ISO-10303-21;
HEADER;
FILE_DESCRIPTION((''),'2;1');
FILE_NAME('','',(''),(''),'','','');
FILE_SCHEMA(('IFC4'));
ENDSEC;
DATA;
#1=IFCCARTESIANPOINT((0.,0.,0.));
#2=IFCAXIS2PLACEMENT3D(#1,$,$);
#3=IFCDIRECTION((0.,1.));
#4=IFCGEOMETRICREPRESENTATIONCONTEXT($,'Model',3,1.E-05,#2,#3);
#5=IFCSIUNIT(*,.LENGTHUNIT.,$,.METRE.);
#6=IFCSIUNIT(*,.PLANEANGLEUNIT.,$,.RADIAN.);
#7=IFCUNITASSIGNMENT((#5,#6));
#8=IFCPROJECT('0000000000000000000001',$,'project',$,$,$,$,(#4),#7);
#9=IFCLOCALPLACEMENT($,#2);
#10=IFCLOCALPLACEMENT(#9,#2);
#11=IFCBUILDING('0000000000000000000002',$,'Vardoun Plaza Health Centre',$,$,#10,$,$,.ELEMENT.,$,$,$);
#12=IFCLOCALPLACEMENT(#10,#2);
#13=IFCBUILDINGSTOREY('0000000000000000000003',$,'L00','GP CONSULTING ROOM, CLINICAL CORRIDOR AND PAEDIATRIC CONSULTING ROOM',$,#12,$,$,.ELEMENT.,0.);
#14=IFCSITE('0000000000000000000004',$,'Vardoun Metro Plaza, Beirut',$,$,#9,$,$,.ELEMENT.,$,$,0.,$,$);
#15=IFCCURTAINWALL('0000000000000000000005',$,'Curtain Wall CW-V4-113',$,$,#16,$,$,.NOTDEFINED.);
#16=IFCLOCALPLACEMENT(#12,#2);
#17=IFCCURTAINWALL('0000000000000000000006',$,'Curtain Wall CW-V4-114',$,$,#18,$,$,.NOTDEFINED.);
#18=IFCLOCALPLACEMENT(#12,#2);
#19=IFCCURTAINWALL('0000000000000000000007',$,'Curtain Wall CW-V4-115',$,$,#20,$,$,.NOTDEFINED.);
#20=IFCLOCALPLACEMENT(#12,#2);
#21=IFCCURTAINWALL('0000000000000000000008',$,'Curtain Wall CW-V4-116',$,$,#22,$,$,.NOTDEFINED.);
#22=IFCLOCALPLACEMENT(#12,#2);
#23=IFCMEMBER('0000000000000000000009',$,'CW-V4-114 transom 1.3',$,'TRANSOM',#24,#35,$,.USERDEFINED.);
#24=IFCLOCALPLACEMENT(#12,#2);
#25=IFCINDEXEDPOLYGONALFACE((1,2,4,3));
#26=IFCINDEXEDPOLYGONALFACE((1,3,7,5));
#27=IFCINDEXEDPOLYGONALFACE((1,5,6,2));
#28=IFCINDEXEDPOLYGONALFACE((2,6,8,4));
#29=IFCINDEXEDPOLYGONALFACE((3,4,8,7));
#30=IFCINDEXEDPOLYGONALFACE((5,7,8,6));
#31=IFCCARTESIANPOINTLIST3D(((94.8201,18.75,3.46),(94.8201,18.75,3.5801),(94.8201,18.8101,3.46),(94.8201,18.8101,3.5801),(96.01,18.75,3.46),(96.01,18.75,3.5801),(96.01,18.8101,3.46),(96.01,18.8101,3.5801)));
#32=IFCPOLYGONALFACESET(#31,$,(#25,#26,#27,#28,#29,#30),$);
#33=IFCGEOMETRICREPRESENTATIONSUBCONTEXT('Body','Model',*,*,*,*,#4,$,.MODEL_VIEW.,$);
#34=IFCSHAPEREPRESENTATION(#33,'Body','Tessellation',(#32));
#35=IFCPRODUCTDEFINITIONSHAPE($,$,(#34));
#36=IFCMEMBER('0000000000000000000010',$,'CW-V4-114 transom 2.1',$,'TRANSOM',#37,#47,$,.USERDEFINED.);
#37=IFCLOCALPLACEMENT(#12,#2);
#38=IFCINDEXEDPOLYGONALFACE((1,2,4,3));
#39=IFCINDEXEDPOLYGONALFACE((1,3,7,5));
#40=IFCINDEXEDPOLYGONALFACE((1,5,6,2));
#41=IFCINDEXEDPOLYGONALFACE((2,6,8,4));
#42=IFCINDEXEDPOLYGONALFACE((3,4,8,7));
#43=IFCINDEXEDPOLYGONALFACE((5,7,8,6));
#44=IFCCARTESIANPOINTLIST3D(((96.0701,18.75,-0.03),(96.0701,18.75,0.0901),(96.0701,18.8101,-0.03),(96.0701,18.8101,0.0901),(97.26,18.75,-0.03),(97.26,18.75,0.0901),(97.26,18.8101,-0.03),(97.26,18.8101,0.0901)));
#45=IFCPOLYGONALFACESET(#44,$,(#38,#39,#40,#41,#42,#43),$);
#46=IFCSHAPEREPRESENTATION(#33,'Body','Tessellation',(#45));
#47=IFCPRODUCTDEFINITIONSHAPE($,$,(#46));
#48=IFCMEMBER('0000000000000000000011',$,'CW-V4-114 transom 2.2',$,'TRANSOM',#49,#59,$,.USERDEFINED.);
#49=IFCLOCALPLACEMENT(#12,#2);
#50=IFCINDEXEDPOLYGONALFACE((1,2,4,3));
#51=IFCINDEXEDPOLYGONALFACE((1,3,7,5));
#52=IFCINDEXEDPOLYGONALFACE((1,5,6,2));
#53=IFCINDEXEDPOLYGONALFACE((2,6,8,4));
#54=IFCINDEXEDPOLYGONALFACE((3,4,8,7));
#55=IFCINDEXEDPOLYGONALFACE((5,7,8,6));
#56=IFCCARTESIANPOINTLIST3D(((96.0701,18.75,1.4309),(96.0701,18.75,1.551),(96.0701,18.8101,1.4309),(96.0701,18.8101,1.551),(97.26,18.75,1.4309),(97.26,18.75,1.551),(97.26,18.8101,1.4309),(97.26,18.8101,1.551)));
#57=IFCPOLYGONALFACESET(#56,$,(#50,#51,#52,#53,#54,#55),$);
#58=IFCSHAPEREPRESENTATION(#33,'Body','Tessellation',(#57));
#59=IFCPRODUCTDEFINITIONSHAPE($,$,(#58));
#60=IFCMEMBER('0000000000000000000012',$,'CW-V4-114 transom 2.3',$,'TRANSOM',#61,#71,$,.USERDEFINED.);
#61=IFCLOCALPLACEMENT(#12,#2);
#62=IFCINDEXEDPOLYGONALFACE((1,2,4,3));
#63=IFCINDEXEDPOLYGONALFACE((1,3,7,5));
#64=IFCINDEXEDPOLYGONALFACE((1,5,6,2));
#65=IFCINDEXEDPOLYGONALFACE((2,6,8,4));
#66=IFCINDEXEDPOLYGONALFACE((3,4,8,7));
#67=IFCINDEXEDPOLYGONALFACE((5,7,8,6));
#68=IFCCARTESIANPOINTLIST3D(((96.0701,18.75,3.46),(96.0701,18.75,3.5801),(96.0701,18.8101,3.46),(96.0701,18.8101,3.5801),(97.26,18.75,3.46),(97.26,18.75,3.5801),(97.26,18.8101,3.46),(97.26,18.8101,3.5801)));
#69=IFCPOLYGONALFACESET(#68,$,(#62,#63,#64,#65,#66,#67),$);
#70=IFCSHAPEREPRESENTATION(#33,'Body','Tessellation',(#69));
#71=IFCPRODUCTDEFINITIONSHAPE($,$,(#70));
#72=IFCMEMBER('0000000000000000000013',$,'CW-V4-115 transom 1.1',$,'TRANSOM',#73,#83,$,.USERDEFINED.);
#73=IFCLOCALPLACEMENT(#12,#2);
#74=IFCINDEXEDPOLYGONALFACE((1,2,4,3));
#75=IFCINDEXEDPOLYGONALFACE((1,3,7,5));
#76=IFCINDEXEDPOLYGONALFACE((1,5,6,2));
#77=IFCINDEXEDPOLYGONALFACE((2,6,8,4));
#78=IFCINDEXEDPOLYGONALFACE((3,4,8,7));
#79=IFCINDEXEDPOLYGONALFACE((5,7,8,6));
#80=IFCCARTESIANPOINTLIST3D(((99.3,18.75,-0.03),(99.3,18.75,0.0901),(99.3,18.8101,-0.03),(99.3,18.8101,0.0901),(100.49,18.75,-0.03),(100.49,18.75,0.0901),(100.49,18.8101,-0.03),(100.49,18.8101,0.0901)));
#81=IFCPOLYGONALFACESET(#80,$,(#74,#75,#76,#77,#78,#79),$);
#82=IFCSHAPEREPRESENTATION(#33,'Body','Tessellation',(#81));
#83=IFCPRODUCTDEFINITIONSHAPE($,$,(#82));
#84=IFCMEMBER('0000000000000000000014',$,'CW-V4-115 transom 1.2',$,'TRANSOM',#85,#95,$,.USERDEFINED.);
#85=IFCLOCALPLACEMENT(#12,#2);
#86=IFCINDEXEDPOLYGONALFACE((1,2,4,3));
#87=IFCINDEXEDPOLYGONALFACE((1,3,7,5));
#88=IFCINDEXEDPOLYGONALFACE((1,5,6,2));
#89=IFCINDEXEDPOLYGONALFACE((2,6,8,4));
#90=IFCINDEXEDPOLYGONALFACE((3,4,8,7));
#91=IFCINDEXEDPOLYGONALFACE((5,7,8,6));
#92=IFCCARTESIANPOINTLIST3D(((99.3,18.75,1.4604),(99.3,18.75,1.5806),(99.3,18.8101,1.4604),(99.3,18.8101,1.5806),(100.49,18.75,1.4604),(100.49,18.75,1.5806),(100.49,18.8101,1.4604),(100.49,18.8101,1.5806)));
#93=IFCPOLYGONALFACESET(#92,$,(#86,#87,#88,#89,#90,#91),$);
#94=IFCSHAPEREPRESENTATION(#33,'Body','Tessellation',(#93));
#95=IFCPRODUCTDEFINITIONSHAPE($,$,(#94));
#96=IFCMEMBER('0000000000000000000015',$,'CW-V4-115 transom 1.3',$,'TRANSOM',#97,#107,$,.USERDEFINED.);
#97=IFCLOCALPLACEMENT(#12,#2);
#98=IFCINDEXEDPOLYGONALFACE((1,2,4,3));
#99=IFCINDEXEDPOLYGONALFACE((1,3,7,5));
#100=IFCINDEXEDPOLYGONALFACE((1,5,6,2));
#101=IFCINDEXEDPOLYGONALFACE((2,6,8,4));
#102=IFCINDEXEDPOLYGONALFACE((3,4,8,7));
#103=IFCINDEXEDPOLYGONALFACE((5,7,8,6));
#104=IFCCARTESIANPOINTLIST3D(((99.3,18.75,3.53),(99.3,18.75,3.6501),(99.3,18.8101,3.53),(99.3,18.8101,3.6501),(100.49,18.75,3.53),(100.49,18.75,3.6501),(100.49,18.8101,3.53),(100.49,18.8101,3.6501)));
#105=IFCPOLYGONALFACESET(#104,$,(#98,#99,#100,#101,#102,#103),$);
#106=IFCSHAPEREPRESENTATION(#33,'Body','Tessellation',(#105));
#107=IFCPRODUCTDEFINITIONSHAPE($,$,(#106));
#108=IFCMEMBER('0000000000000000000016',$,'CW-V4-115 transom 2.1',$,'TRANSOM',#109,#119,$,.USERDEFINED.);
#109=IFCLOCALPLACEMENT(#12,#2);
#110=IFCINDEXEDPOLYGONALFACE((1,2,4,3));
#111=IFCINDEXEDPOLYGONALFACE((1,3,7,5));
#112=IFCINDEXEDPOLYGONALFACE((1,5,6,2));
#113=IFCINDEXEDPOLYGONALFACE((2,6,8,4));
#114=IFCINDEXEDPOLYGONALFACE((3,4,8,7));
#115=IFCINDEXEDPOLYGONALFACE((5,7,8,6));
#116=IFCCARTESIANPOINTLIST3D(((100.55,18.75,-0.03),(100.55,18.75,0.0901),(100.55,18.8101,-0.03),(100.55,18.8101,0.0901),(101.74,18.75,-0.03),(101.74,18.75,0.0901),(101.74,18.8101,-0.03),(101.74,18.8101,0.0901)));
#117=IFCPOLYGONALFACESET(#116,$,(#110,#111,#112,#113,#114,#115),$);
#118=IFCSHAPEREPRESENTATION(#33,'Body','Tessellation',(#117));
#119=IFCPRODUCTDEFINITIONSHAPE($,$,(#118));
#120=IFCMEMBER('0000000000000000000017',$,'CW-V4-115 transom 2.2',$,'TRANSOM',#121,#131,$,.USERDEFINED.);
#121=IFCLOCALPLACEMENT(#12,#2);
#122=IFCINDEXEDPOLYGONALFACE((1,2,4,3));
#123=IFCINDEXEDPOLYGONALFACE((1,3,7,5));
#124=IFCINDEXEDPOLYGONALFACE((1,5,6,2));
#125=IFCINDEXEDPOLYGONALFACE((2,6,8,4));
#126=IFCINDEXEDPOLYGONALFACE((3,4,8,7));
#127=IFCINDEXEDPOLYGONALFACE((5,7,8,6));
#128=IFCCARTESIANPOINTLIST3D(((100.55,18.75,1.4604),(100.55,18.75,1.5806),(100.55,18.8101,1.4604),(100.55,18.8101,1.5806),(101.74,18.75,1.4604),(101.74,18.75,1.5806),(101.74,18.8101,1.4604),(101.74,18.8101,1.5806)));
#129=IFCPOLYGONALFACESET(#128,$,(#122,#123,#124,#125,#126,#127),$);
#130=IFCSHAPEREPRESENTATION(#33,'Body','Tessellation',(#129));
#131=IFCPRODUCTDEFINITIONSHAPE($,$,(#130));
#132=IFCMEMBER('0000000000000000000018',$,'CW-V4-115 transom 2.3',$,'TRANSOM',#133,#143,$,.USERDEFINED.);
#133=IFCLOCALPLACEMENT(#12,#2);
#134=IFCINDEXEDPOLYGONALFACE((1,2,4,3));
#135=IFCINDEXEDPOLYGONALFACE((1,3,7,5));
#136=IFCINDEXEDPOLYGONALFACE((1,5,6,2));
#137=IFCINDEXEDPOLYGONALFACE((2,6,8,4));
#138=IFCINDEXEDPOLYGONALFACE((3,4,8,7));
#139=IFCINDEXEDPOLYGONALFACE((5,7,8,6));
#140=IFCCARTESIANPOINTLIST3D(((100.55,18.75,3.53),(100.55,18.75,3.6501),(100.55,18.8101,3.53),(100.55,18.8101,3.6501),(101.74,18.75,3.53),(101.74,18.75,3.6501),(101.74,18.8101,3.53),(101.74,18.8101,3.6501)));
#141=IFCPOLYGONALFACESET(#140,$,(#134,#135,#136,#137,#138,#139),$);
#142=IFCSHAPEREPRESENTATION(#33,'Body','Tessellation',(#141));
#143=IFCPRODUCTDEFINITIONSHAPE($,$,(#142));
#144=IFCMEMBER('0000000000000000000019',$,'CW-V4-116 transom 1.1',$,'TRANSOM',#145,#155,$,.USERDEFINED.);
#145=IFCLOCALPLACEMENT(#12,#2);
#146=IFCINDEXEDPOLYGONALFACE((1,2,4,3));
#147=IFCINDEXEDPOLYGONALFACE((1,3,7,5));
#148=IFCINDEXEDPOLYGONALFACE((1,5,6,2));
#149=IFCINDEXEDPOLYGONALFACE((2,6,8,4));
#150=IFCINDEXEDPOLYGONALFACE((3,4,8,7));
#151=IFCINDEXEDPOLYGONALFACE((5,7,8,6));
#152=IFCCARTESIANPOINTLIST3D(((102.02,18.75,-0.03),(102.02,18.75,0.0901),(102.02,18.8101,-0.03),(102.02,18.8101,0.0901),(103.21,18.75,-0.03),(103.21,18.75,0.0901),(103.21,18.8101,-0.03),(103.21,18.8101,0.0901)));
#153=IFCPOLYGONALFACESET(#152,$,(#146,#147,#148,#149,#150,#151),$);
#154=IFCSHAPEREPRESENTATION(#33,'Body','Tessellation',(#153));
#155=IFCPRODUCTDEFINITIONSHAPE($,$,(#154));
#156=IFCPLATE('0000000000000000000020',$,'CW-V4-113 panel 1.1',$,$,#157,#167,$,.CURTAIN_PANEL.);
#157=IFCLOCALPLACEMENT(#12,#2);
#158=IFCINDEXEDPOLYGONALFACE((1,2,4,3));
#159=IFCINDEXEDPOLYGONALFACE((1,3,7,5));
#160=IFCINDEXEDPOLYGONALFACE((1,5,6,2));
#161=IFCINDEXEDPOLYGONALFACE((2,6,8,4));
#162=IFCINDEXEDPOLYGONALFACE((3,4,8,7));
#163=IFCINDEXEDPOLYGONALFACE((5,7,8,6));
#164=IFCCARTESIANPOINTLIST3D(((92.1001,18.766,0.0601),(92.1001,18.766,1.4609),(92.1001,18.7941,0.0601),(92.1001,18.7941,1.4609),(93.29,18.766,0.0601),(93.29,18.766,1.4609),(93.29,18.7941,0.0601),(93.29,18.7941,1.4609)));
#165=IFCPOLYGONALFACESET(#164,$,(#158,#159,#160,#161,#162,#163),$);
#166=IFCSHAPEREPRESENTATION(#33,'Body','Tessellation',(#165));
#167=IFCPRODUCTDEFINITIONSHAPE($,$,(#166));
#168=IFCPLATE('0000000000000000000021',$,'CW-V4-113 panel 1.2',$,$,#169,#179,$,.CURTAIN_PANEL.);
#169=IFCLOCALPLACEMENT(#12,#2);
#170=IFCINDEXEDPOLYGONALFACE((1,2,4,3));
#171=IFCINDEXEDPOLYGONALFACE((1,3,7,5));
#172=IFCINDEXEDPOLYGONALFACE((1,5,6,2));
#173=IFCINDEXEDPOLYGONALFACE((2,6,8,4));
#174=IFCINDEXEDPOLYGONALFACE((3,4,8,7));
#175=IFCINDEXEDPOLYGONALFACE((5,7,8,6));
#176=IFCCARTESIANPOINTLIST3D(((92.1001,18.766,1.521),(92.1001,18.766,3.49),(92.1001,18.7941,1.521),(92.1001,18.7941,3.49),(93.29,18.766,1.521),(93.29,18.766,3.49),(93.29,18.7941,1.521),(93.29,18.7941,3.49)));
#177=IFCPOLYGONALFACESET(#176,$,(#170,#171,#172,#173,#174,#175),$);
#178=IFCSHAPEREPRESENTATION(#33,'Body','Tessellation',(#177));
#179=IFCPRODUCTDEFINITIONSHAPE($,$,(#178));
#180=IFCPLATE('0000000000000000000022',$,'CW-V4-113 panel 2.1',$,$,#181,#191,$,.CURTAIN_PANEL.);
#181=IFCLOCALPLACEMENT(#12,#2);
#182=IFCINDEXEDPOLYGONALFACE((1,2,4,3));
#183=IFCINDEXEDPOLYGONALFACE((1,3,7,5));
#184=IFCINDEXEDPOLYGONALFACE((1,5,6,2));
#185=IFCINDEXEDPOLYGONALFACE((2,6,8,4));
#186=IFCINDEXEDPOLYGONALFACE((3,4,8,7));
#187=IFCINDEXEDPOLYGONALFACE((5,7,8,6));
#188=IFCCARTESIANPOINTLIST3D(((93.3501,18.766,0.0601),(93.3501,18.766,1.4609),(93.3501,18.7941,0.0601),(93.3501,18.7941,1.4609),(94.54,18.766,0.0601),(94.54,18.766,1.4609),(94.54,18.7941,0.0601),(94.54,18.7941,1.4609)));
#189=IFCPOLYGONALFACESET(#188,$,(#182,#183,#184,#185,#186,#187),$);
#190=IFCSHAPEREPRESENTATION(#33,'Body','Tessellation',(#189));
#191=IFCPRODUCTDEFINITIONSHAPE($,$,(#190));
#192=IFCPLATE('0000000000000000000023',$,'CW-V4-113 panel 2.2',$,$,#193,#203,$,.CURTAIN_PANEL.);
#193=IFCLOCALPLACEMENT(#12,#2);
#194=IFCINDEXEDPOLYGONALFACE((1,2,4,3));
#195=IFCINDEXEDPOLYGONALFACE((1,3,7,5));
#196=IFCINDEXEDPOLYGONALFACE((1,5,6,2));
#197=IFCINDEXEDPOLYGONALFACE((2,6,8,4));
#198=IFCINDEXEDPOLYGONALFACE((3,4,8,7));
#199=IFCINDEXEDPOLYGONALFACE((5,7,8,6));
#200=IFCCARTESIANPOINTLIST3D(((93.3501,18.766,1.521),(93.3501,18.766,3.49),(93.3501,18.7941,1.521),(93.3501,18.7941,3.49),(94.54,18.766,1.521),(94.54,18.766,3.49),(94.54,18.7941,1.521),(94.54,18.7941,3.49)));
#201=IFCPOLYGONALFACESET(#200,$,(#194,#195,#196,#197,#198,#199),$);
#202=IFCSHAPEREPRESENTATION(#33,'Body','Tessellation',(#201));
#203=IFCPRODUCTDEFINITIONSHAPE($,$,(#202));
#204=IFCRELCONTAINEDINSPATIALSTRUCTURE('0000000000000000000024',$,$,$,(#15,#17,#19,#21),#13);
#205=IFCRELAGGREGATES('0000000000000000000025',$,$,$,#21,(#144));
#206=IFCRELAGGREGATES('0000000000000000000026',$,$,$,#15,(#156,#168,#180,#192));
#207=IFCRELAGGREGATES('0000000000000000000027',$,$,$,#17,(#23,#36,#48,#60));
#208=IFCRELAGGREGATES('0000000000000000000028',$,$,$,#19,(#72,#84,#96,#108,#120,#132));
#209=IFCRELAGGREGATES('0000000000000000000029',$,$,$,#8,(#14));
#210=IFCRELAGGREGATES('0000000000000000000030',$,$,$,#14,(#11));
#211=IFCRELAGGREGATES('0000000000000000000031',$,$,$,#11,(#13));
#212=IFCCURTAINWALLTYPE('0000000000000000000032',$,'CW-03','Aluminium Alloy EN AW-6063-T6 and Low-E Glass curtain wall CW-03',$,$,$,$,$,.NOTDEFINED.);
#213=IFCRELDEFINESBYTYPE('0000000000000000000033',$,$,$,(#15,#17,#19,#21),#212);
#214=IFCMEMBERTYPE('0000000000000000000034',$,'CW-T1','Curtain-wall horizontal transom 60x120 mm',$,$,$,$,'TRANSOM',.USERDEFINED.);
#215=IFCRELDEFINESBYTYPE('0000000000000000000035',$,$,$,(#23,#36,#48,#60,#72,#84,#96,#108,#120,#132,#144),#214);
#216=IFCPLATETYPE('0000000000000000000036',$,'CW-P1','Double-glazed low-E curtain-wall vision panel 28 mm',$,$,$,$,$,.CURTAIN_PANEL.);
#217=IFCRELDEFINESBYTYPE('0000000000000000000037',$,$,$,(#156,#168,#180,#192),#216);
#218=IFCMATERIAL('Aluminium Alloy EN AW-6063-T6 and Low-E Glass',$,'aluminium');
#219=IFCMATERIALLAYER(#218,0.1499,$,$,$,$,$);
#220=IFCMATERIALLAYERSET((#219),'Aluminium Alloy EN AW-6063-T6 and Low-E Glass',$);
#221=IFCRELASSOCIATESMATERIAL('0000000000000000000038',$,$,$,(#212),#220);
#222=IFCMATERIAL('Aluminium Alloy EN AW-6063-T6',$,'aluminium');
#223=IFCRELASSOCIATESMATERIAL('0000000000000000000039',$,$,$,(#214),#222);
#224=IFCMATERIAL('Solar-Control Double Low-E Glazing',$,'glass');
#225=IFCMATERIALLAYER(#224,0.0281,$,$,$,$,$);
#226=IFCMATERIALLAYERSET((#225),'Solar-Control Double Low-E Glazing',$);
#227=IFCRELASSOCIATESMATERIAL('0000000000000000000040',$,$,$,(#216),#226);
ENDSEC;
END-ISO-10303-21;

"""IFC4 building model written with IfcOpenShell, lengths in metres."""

from ifc_helpers import new_model, si_unit, direction, frame, origin, origin_2d, place, context, subcontext, project, spatial, rectangle, extrude, material, layer, layer_set, material_profile, profile_set, type_object, element, aggregate, save


model = new_model("IFC4")

# Units and contexts
model_context = context("Model", 3, precision=1e-05, world=origin(), true_north=direction((0.0, 1.0)))
body_context = subcontext(model_context, "Body", "Model", "MODEL_VIEW")
ifc_project = project(units=[si_unit("LENGTHUNIT", "METRE"), si_unit("PLANEANGLEUNIT", "RADIAN")], contexts=[model_context])

# Site, building, storey
site_placement = place(None, origin())
site = spatial("IfcSite", under=ifc_project, at=site_placement, Name="Vardoun Metro Plaza, Beirut", CompositionType="ELEMENT", RefElevation=0.0)
building_placement = place(site_placement, origin())
building = spatial("IfcBuilding", under=site, at=building_placement, Name="Vardoun Plaza Health Centre", CompositionType="ELEMENT")
storey_placement = place(building_placement, origin())
storey = spatial("IfcBuildingStorey", under=building, at=storey_placement, Name="L00", Description="GP CONSULTING ROOM, CLINICAL CORRIDOR AND PAEDIATRIC CONSULTING ROOM", CompositionType="ELEMENT", Elevation=0.0)

# Curtain walls
ifc_material_1 = material(Name="Aluminium Alloy EN AW-6063-T6 and Low-E Glass", Category="aluminium")
ifc_layer_1 = layer(ifc_material_1, 0.1499)
ifc_layer_set_1 = layer_set([ifc_layer_1], Name="Aluminium Alloy EN AW-6063-T6 and Low-E Glass")
curtain_wall_type = type_object("IfcCurtainWallType", Name="CW-03", Description="Aluminium Alloy EN AW-6063-T6 and Low-E Glass curtain wall CW-03", PredefinedType="NOTDEFINED", material=ifc_layer_set_1)
curtain_wall_1_placement = place(storey_placement, origin())
curtain_wall_1 = element("IfcCurtainWall", 1, at=curtain_wall_1_placement, inside=storey, type_object=curtain_wall_type, Name="Curtain Wall CW-V4-113", PredefinedType="NOTDEFINED")
curtain_wall_2_placement = place(storey_placement, origin())
curtain_wall_2 = element("IfcCurtainWall", 2, at=curtain_wall_2_placement, inside=storey, type_object=curtain_wall_type, Name="Curtain Wall CW-V4-114", PredefinedType="NOTDEFINED")
curtain_wall_3_placement = place(storey_placement, origin())
curtain_wall_3 = element("IfcCurtainWall", 3, at=curtain_wall_3_placement, inside=storey, type_object=curtain_wall_type, Name="Curtain Wall CW-V4-115", PredefinedType="NOTDEFINED")

# Curtain wall
curtain_wall_4_placement = place(storey_placement, origin())
curtain_wall_4 = element("IfcCurtainWall", 4, at=curtain_wall_4_placement, inside=storey, type_object=curtain_wall_type, Name="Curtain Wall CW-V4-116", PredefinedType="NOTDEFINED")

# Members
ifc_material_2 = material(Name="Aluminium Alloy EN AW-6063-T6", Category="aluminium")
ifc_material_profile_1 = material_profile(ifc_material_2, rectangle(XDim=0.0601, YDim=0.1201, at=origin_2d()), Name="CWT 60x120")
ifc_profile_set_1 = profile_set([ifc_material_profile_1], Name="Aluminium Alloy EN AW-6063-T6")
member_type_1 = type_object("IfcMemberType", Name="CW-T1", Description="Curtain-wall horizontal transom 60x120 mm", ElementType="TRANSOM", PredefinedType="USERDEFINED", material=ifc_profile_set_1)
member_1_placement = place(storey_placement, frame((94.8201, 18.78, 3.52), z_axis=(1.0, 0.0, 0.0), x_axis=(0.0, 1.0, 0.0)))
member_1 = element("IfcMember", 5, at=member_1_placement, type_object=member_type_1, Name="CW-V4-114 transom 1.3", ObjectType="TRANSOM", PredefinedType="USERDEFINED", context=body_context, shape_type="SweptSolid", body=[
    extrude(rectangle(XDim=0.0601, YDim=0.1201, at=origin_2d()), origin(), (0.0, 0.0, 1.0), 1.1899),
])
member_2_placement = place(storey_placement, frame((96.0701, 18.78, 0.03), z_axis=(1.0, 0.0, 0.0), x_axis=(0.0, 1.0, 0.0)))
member_2 = element("IfcMember", 6, at=member_2_placement, type_object=member_type_1, Name="CW-V4-114 transom 2.1", ObjectType="TRANSOM", PredefinedType="USERDEFINED", context=body_context, shape_type="SweptSolid", body=[
    extrude(rectangle(XDim=0.0601, YDim=0.1201, at=origin_2d()), origin(), (0.0, 0.0, 1.0), 1.1899),
])
member_3_placement = place(storey_placement, frame((96.0701, 18.78, 1.491), z_axis=(1.0, 0.0, 0.0), x_axis=(0.0, 1.0, 0.0)))
member_3 = element("IfcMember", 7, at=member_3_placement, type_object=member_type_1, Name="CW-V4-114 transom 2.2", ObjectType="TRANSOM", PredefinedType="USERDEFINED", context=body_context, shape_type="SweptSolid", body=[
    extrude(rectangle(XDim=0.0601, YDim=0.1201, at=origin_2d()), origin(), (0.0, 0.0, 1.0), 1.1899),
])
member_4_placement = place(storey_placement, frame((96.0701, 18.78, 3.52), z_axis=(1.0, 0.0, 0.0), x_axis=(0.0, 1.0, 0.0)))
member_4 = element("IfcMember", 8, at=member_4_placement, type_object=member_type_1, Name="CW-V4-114 transom 2.3", ObjectType="TRANSOM", PredefinedType="USERDEFINED", context=body_context, shape_type="SweptSolid", body=[
    extrude(rectangle(XDim=0.0601, YDim=0.1201, at=origin_2d()), origin(), (0.0, 0.0, 1.0), 1.1899),
])
member_5_placement = place(storey_placement, frame((99.3, 18.78, 0.03), z_axis=(1.0, 0.0, 0.0), x_axis=(0.0, 1.0, 0.0)))
member_5 = element("IfcMember", 9, at=member_5_placement, type_object=member_type_1, Name="CW-V4-115 transom 1.1", ObjectType="TRANSOM", PredefinedType="USERDEFINED", context=body_context, shape_type="SweptSolid", body=[
    extrude(rectangle(XDim=0.0601, YDim=0.1201, at=origin_2d()), origin(), (0.0, 0.0, 1.0), 1.1899),
])
member_6_placement = place(storey_placement, frame((99.3, 18.78, 1.5205), z_axis=(1.0, 0.0, 0.0), x_axis=(0.0, 1.0, 0.0)))
member_6 = element("IfcMember", 10, at=member_6_placement, type_object=member_type_1, Name="CW-V4-115 transom 1.2", ObjectType="TRANSOM", PredefinedType="USERDEFINED", context=body_context, shape_type="SweptSolid", body=[
    extrude(rectangle(XDim=0.0601, YDim=0.1201, at=origin_2d()), origin(), (0.0, 0.0, 1.0), 1.1899),
])
member_7_placement = place(storey_placement, frame((99.3, 18.78, 3.5901), z_axis=(1.0, 0.0, 0.0), x_axis=(0.0, 1.0, 0.0)))
member_7 = element("IfcMember", 11, at=member_7_placement, type_object=member_type_1, Name="CW-V4-115 transom 1.3", ObjectType="TRANSOM", PredefinedType="USERDEFINED", context=body_context, shape_type="SweptSolid", body=[
    extrude(rectangle(XDim=0.0601, YDim=0.1201, at=origin_2d()), origin(), (0.0, 0.0, 1.0), 1.1899),
])
member_8_placement = place(storey_placement, frame((100.55, 18.78, 0.03), z_axis=(1.0, 0.0, 0.0), x_axis=(0.0, 1.0, 0.0)))
member_8 = element("IfcMember", 12, at=member_8_placement, type_object=member_type_1, Name="CW-V4-115 transom 2.1", ObjectType="TRANSOM", PredefinedType="USERDEFINED", context=body_context, shape_type="SweptSolid", body=[
    extrude(rectangle(XDim=0.0601, YDim=0.1201, at=origin_2d()), origin(), (0.0, 0.0, 1.0), 1.1899),
])
member_9_placement = place(storey_placement, frame((100.55, 18.78, 1.5205), z_axis=(1.0, 0.0, 0.0), x_axis=(0.0, 1.0, 0.0)))
member_9 = element("IfcMember", 13, at=member_9_placement, type_object=member_type_1, Name="CW-V4-115 transom 2.2", ObjectType="TRANSOM", PredefinedType="USERDEFINED", context=body_context, shape_type="SweptSolid", body=[
    extrude(rectangle(XDim=0.0601, YDim=0.1201, at=origin_2d()), origin(), (0.0, 0.0, 1.0), 1.1899),
])
member_10_placement = place(storey_placement, frame((100.55, 18.78, 3.5901), z_axis=(1.0, 0.0, 0.0), x_axis=(0.0, 1.0, 0.0)))
member_10 = element("IfcMember", 14, at=member_10_placement, type_object=member_type_1, Name="CW-V4-115 transom 2.3", ObjectType="TRANSOM", PredefinedType="USERDEFINED", context=body_context, shape_type="SweptSolid", body=[
    extrude(rectangle(XDim=0.0601, YDim=0.1201, at=origin_2d()), origin(), (0.0, 0.0, 1.0), 1.1899),
])
member_11_placement = place(storey_placement, frame((102.02, 18.78, 0.03), z_axis=(1.0, 0.0, 0.0), x_axis=(0.0, 1.0, 0.0)))
member_11 = element("IfcMember", 15, at=member_11_placement, type_object=member_type_1, Name="CW-V4-116 transom 1.1", ObjectType="TRANSOM", PredefinedType="USERDEFINED", context=body_context, shape_type="SweptSolid", body=[
    extrude(rectangle(XDim=0.0601, YDim=0.1201, at=origin_2d()), origin(), (0.0, 0.0, 1.0), 1.1899),
])
aggregate(curtain_wall_4, [member_11])

# Plates
ifc_material_3 = material(Name="Solar-Control Double Low-E Glazing", Category="glass")
ifc_layer_2 = layer(ifc_material_3, 0.0281)
ifc_layer_set_2 = layer_set([ifc_layer_2], Name="Solar-Control Double Low-E Glazing")
plate_type = type_object("IfcPlateType", Name="CW-P1", Description="Double-glazed low-E curtain-wall vision panel 28 mm", PredefinedType="CURTAIN_PANEL", material=ifc_layer_set_2)
plate_1_placement = place(storey_placement, frame((92.6951, 18.78, 0.0601), z_axis=(0.0, 0.0, 1.0), x_axis=(1.0, 0.0, 0.0)))
plate_1 = element("IfcPlate", 16, at=plate_1_placement, type_object=plate_type, Name="CW-V4-113 panel 1.1", PredefinedType="CURTAIN_PANEL", context=body_context, shape_type="SweptSolid", body=[
    extrude(rectangle(XDim=1.1899, YDim=0.0281, at=origin_2d()), origin(), (0.0, 0.0, 1.0), 1.4009),
])
plate_2_placement = place(storey_placement, frame((92.6951, 18.78, 1.521), z_axis=(0.0, 0.0, 1.0), x_axis=(1.0, 0.0, 0.0)))
plate_2 = element("IfcPlate", 17, at=plate_2_placement, type_object=plate_type, Name="CW-V4-113 panel 1.2", PredefinedType="CURTAIN_PANEL", context=body_context, shape_type="SweptSolid", body=[
    extrude(rectangle(XDim=1.1899, YDim=0.0281, at=origin_2d()), origin(), (0.0, 0.0, 1.0), 1.969),
])
plate_3_placement = place(storey_placement, frame((93.9451, 18.78, 0.0601), z_axis=(0.0, 0.0, 1.0), x_axis=(1.0, 0.0, 0.0)))
plate_3 = element("IfcPlate", 18, at=plate_3_placement, type_object=plate_type, Name="CW-V4-113 panel 2.1", PredefinedType="CURTAIN_PANEL", context=body_context, shape_type="SweptSolid", body=[
    extrude(rectangle(XDim=1.1899, YDim=0.0281, at=origin_2d()), origin(), (0.0, 0.0, 1.0), 1.4009),
])
plate_4_placement = place(storey_placement, frame((93.9451, 18.78, 1.521), z_axis=(0.0, 0.0, 1.0), x_axis=(1.0, 0.0, 0.0)))
plate_4 = element("IfcPlate", 19, at=plate_4_placement, type_object=plate_type, Name="CW-V4-113 panel 2.2", PredefinedType="CURTAIN_PANEL", context=body_context, shape_type="SweptSolid", body=[
    extrude(rectangle(XDim=1.1899, YDim=0.0281, at=origin_2d()), origin(), (0.0, 0.0, 1.0), 1.969),
])
aggregate(curtain_wall_1, [plate_1, plate_2, plate_3, plate_4])
aggregate(curtain_wall_2, [member_1, member_2, member_3, member_4])
aggregate(curtain_wall_3, [member_5, member_6, member_7, member_8, member_9, member_10])

save(model, "model.ifc")
